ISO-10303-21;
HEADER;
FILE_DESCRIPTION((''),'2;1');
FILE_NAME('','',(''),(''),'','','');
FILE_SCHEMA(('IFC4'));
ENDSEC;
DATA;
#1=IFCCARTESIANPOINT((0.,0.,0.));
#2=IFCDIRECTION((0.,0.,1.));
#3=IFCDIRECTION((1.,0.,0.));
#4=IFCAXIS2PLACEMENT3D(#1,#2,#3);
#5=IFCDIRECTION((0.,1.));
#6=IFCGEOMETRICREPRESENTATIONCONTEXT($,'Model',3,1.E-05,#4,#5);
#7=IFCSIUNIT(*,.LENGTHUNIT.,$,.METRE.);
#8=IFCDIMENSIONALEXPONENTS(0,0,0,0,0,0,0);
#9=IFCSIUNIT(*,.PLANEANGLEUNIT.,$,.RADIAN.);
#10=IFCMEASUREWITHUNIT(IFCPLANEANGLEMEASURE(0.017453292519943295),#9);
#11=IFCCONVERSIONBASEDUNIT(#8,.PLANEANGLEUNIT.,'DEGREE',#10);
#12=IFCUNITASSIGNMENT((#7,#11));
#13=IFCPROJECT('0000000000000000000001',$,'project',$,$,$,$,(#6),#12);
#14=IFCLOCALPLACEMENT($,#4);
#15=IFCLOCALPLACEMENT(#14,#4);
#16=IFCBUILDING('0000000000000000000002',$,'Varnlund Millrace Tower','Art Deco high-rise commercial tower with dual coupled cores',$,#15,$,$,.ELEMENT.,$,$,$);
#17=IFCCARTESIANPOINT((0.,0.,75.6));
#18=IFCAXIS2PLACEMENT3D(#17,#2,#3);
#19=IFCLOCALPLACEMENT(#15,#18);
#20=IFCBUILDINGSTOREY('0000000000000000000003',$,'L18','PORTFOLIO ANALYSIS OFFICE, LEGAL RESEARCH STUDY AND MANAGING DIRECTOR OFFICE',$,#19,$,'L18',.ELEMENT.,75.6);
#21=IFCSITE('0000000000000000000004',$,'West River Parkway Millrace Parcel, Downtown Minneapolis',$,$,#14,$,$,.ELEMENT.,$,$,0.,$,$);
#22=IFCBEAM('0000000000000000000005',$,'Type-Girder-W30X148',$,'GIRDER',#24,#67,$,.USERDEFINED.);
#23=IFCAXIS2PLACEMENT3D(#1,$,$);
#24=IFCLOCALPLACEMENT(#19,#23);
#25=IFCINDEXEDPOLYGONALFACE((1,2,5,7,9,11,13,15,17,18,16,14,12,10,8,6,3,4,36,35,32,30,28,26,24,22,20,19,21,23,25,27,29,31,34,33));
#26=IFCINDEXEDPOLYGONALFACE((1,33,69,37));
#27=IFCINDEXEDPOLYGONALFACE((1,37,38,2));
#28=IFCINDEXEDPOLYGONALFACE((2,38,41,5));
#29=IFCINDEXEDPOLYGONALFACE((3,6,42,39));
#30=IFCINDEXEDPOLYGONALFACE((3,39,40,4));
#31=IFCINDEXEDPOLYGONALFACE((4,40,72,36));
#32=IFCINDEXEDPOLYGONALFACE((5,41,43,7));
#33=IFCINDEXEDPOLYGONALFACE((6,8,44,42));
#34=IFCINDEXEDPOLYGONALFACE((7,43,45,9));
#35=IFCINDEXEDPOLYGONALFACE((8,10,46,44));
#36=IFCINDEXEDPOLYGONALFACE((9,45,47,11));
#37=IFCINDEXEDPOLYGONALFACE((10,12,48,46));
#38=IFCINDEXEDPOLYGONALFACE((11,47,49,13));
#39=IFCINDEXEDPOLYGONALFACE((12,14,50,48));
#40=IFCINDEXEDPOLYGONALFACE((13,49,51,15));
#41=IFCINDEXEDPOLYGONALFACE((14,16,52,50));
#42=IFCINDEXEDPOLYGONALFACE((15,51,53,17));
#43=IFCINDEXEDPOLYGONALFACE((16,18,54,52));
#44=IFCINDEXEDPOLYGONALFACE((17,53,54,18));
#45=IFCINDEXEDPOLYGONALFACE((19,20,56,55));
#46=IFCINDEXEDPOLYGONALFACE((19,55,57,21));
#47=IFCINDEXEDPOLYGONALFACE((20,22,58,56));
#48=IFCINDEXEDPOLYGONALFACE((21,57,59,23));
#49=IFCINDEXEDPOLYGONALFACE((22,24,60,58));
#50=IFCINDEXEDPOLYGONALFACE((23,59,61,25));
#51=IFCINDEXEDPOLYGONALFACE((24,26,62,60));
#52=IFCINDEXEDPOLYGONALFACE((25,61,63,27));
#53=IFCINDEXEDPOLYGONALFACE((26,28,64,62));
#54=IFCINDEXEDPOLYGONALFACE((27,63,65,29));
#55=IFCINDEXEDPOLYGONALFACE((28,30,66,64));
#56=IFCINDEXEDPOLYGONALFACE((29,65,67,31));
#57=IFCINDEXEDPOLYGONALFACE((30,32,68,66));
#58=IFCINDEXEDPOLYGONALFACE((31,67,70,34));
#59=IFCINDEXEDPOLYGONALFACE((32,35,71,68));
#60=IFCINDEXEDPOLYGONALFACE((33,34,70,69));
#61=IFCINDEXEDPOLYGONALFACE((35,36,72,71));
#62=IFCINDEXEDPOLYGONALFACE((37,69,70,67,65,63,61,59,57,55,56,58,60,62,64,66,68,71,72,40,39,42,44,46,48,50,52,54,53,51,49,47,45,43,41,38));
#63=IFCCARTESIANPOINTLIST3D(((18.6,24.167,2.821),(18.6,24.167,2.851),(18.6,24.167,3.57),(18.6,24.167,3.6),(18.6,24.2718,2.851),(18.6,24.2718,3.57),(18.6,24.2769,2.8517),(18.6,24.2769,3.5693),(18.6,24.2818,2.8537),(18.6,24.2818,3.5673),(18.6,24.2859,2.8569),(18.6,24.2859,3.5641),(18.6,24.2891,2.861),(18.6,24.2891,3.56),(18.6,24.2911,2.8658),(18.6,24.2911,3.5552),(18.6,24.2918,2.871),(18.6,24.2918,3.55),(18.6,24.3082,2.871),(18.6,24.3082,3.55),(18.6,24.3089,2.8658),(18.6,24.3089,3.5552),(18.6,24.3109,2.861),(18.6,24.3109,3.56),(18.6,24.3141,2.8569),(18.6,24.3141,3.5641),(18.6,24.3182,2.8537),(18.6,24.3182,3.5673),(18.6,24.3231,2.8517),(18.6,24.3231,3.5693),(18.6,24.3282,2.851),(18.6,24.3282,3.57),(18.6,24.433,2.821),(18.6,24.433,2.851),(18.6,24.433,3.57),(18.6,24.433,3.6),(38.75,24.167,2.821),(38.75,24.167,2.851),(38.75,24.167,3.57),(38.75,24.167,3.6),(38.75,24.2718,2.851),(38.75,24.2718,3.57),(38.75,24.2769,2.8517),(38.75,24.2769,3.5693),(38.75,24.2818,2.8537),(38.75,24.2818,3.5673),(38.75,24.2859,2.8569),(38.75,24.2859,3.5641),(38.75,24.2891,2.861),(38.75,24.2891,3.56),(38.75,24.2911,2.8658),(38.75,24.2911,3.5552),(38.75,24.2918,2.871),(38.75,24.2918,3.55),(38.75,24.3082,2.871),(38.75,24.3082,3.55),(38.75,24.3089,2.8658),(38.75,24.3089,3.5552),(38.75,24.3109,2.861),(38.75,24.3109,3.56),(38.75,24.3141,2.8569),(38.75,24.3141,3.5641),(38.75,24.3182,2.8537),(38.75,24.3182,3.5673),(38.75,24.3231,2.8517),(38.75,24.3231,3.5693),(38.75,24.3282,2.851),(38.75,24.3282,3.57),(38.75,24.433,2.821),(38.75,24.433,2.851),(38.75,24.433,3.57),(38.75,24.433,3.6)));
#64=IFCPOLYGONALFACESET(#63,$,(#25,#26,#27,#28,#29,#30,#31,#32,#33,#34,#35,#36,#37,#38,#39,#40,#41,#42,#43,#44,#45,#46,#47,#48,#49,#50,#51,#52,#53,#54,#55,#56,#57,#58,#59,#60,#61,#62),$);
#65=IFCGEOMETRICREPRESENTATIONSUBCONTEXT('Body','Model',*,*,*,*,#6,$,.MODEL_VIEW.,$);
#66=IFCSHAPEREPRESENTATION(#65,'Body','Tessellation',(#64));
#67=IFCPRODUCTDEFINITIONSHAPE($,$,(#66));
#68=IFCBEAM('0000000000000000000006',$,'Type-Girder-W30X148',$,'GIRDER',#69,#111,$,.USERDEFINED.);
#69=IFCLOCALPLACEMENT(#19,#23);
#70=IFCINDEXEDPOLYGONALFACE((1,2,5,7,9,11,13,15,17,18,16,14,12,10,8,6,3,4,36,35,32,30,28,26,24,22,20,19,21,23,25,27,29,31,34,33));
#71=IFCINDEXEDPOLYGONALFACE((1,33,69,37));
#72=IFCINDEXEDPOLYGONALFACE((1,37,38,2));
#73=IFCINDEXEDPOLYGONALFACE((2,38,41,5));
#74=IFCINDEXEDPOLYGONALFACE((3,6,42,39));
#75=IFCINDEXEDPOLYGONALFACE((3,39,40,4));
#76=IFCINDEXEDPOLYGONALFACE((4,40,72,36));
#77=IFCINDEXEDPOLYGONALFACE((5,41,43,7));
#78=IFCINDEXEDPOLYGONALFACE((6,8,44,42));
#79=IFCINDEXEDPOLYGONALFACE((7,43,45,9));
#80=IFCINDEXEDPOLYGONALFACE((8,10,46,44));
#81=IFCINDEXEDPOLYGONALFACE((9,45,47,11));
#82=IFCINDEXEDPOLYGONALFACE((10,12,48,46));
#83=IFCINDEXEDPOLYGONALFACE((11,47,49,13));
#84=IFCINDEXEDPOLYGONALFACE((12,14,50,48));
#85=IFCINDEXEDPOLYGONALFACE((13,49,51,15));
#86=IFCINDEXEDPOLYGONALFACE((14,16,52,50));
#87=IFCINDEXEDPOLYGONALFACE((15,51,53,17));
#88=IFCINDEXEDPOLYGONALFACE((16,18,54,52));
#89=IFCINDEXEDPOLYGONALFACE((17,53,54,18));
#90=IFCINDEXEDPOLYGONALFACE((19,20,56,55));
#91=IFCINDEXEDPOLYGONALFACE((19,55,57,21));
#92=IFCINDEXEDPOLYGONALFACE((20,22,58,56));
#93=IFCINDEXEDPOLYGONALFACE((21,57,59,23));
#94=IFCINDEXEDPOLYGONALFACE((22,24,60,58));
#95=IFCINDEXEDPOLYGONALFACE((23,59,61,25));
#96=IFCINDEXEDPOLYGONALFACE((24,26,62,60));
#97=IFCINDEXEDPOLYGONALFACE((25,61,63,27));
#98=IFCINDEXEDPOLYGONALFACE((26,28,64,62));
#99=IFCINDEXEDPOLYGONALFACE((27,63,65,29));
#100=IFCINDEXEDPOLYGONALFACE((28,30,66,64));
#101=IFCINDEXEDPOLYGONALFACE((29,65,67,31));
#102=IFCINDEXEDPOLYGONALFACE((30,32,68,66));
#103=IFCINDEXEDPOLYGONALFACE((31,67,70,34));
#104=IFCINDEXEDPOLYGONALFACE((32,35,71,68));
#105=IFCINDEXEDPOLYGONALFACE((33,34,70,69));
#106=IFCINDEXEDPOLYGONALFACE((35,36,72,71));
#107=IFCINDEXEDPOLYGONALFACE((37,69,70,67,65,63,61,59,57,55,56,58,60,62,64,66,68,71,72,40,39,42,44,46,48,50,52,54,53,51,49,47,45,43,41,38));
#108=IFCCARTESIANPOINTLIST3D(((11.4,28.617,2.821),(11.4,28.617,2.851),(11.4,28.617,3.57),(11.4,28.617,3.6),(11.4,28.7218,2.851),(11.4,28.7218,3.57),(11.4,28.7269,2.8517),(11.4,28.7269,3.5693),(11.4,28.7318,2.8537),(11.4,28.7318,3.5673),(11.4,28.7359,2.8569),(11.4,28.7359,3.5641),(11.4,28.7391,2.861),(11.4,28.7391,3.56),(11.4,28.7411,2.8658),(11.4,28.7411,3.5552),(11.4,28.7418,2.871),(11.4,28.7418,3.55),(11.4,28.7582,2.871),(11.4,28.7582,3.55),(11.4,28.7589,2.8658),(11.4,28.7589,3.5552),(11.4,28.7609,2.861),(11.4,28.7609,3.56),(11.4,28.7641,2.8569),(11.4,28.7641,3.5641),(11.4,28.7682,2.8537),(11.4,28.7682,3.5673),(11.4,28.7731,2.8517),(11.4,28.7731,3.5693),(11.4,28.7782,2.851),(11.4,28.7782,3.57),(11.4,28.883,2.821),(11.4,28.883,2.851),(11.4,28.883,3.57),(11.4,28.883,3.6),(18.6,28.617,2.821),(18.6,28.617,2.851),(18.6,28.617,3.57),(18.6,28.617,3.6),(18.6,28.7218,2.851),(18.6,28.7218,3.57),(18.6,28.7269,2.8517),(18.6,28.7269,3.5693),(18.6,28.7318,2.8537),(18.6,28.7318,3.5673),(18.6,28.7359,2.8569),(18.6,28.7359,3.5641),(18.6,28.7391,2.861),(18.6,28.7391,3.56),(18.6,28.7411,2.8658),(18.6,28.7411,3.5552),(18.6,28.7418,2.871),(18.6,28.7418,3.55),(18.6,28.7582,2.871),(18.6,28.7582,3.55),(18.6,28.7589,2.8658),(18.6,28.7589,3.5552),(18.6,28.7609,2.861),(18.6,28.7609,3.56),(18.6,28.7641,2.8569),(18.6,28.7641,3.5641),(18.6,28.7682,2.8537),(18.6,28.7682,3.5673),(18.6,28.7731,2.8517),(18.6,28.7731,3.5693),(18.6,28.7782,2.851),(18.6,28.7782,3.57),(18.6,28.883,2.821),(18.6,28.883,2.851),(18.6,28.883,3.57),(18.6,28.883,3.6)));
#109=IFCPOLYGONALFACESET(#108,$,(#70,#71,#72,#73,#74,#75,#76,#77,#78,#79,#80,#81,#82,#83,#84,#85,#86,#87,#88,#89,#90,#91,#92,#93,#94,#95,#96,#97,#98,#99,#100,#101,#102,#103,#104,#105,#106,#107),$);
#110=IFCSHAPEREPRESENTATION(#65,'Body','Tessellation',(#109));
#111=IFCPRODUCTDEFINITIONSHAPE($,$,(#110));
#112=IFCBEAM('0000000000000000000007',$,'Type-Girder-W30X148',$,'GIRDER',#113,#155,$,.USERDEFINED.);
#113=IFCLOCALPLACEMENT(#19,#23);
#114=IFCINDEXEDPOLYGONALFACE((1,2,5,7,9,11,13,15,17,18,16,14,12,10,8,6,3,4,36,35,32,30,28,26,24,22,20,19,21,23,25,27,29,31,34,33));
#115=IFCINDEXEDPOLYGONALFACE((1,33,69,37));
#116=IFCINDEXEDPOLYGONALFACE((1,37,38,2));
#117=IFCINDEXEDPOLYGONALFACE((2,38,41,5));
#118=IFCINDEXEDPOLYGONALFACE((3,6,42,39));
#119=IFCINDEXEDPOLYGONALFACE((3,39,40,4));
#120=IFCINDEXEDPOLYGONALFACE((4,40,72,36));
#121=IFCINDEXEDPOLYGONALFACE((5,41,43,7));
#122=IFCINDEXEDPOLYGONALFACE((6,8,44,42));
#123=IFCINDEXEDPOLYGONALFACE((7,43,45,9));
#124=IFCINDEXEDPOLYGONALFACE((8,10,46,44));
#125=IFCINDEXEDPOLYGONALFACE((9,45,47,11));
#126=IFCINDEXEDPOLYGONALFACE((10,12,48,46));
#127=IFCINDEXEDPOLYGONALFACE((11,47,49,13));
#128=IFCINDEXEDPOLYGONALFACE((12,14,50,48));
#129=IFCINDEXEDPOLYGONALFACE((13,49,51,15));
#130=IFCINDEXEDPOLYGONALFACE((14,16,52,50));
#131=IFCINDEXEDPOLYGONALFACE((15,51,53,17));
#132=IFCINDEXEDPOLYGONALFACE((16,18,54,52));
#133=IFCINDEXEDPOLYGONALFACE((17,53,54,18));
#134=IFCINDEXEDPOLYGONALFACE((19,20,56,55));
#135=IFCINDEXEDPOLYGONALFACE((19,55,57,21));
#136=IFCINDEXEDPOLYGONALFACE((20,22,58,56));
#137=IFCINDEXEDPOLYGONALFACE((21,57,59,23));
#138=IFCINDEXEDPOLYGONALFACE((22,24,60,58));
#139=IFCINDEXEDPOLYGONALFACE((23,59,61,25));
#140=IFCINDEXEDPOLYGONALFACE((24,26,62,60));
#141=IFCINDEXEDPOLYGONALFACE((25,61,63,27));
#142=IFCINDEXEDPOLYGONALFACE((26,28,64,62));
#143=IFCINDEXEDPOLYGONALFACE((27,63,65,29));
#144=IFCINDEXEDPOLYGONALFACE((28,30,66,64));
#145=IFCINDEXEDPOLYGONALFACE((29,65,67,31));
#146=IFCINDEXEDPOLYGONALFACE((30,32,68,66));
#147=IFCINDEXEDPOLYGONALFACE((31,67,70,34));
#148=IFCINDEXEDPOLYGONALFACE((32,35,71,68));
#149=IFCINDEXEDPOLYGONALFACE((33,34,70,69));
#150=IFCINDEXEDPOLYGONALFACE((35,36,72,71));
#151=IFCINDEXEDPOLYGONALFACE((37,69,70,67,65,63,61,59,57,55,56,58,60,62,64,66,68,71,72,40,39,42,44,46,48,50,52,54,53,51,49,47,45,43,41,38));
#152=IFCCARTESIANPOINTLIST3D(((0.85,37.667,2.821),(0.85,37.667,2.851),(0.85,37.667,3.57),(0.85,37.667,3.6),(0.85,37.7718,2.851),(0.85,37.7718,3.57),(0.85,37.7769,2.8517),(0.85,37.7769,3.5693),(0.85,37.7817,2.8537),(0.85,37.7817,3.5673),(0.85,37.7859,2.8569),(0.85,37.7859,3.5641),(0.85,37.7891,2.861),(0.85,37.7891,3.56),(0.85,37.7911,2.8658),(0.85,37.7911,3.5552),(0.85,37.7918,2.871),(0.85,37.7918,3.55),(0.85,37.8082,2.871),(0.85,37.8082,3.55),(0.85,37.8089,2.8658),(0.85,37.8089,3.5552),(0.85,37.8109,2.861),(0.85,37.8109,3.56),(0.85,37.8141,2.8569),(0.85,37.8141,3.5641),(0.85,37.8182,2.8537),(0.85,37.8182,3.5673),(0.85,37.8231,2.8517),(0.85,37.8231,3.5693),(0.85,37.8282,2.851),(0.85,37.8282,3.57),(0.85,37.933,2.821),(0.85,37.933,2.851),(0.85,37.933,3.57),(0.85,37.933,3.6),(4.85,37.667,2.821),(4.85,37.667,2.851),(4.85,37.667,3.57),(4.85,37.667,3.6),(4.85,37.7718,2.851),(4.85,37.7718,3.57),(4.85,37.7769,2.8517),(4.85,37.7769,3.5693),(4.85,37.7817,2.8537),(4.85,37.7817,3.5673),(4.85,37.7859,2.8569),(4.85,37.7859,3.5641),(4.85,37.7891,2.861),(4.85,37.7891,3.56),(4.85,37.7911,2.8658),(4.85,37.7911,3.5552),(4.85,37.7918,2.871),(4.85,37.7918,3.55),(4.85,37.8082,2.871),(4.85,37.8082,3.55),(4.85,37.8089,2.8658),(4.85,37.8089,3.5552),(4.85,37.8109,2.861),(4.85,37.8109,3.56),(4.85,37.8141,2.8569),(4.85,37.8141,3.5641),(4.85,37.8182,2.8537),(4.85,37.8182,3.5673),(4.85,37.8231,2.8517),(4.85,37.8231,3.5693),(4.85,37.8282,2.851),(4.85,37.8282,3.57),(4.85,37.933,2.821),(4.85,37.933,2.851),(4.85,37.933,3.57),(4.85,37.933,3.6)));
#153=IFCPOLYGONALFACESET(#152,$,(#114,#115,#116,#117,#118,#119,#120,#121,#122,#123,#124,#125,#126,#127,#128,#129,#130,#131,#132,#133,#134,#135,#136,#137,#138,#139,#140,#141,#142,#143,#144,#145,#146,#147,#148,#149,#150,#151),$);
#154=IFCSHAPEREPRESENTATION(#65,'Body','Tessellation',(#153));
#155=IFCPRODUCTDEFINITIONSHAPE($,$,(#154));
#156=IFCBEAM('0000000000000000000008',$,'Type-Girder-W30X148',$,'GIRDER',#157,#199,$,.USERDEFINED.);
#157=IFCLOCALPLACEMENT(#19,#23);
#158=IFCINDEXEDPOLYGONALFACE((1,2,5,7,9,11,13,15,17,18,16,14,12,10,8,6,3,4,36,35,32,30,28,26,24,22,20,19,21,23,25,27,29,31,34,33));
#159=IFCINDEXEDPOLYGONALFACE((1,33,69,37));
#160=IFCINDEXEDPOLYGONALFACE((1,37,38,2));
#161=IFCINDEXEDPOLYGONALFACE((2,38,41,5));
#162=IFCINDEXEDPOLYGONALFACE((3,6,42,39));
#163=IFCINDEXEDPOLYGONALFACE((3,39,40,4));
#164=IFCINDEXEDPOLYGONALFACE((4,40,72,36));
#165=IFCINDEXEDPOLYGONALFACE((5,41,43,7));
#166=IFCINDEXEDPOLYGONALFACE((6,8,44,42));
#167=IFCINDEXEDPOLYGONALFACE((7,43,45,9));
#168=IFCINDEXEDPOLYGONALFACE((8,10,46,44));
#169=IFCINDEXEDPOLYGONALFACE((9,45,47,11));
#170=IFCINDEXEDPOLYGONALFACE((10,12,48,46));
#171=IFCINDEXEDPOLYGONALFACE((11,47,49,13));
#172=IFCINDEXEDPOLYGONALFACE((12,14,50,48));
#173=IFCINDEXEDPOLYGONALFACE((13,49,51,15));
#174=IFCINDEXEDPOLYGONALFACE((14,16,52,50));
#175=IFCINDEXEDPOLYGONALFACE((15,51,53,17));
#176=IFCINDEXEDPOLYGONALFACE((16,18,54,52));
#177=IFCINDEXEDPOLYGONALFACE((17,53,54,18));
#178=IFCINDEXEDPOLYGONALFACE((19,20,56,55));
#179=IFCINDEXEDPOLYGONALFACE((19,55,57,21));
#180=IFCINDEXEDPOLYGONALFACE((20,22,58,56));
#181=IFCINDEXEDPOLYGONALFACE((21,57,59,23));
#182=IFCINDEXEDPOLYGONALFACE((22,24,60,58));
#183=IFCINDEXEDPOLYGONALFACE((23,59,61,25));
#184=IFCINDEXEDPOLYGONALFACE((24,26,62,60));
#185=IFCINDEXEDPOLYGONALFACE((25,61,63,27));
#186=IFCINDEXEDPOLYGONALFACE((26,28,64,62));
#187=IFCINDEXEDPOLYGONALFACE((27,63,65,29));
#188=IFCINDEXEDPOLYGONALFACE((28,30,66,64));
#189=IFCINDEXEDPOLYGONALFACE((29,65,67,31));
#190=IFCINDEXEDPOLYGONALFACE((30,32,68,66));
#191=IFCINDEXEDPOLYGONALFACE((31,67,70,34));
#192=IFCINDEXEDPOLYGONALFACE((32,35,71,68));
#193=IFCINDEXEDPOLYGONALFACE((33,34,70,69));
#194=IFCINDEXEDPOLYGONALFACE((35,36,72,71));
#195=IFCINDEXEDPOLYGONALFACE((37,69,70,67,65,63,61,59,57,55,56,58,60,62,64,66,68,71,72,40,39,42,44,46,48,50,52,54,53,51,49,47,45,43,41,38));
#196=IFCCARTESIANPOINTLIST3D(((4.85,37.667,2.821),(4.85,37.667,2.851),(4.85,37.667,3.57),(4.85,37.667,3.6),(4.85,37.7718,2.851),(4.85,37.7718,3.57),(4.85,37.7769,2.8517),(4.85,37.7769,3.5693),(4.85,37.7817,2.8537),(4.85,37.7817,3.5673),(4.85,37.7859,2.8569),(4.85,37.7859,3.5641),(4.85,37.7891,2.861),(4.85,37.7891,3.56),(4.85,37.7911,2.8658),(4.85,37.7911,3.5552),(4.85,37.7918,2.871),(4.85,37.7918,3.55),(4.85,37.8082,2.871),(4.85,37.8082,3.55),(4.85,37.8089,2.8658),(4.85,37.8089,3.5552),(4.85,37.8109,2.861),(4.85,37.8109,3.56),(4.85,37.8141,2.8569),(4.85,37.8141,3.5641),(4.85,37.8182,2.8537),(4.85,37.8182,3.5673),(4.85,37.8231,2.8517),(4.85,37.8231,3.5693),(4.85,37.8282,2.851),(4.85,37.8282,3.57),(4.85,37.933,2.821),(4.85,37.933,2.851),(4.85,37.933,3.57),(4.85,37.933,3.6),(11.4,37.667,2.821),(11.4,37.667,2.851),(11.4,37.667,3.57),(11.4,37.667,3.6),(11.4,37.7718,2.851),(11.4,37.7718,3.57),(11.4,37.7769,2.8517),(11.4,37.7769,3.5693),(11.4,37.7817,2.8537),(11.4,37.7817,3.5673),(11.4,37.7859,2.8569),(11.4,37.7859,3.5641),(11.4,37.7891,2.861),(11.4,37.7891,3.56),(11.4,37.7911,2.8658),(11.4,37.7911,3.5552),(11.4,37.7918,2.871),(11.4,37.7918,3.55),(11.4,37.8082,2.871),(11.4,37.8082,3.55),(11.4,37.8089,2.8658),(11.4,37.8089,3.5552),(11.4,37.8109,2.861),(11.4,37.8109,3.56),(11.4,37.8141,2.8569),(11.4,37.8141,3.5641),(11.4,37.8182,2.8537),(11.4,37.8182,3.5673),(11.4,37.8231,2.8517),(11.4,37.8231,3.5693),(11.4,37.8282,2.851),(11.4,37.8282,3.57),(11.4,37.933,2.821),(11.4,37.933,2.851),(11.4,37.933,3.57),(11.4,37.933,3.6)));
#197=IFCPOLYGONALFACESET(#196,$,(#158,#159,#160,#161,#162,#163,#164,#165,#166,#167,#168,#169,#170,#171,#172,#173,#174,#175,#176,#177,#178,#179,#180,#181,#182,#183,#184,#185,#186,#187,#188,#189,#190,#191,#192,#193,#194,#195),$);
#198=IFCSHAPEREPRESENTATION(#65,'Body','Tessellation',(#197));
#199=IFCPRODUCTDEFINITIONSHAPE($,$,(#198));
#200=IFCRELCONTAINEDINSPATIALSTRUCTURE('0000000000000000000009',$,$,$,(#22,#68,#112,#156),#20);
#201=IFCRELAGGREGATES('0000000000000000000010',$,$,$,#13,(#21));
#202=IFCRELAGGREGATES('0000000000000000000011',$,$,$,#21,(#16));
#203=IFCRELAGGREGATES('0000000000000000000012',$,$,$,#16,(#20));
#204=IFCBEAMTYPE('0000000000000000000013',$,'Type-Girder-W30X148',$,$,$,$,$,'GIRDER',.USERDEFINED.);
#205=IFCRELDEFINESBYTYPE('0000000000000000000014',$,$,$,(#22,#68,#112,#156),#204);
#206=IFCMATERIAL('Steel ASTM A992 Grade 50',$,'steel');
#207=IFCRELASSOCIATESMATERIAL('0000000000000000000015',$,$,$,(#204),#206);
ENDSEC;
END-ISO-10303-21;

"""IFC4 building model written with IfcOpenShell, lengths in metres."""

from ifc_helpers import new_model, entity, si_unit, converted_unit, direction, frame, origin_with_axes, origin_2d_with_axis, place, context, subcontext, project, spatial, i_section, extrude, material, material_profile, profile_set, type_object, element, save


model = new_model("IFC4")

# Units and contexts
model_context = context("Model", 3, precision=1e-05, world=origin_with_axes(), true_north=direction((0.0, 1.0)))
body_context = subcontext(model_context, "Body", "Model", "MODEL_VIEW")
ifc_project = project(units=[si_unit("LENGTHUNIT", "METRE"), converted_unit("PLANEANGLEUNIT", "DEGREE", entity("IfcPlaneAngleMeasure", 0.017453292519943295), si_unit("PLANEANGLEUNIT", "RADIAN"), dimensions=[0, 0, 0, 0, 0, 0, 0])], contexts=[model_context])

# Site, building, storey
site_placement = place(None, origin_with_axes())
site = spatial("IfcSite", under=ifc_project, at=site_placement, Name="West River Parkway Millrace Parcel, Downtown Minneapolis", CompositionType="ELEMENT", RefElevation=0.0)
building_placement = place(site_placement, origin_with_axes())
building = spatial("IfcBuilding", under=site, at=building_placement, Name="Varnlund Millrace Tower", Description="Art Deco high-rise commercial tower with dual coupled cores", CompositionType="ELEMENT")
storey_placement = place(building_placement, frame((0.0, 0.0, 75.6), z_axis=(0.0, 0.0, 1.0), x_axis=(1.0, 0.0, 0.0)))
storey = spatial("IfcBuildingStorey", under=building, at=storey_placement, Name="L18", Description="PORTFOLIO ANALYSIS OFFICE, LEGAL RESEARCH STUDY AND MANAGING DIRECTOR OFFICE", LongName="L18", CompositionType="ELEMENT", Elevation=75.6)

# Beams
ifc_material_1 = material(Name="Steel ASTM A992 Grade 50", Category="steel")
ifc_material_profile_1 = material_profile(ifc_material_1, i_section(OverallWidth=0.266, OverallDepth=0.779, WebThickness=0.0165, FlangeThickness=0.03, FilletRadius=0.02, at=origin_2d_with_axis()), Name="Steel ASTM A992 Grade 50")
ifc_profile_set_1 = profile_set([ifc_material_profile_1], Name="Steel ASTM A992 Grade 50")
beam_type_1 = type_object("IfcBeamType", Name="Type-Girder-W30X148", ElementType="GIRDER", PredefinedType="USERDEFINED", material=ifc_profile_set_1)
beam_1_placement = place(storey_placement, frame((18.6, 24.3, 3.2105), z_axis=(1.0, 0.0, 0.0), x_axis=(0.0, 1.0, 0.0)))
element("IfcBeam", 1, at=beam_1_placement, inside=storey, type_object=beam_type_1, Name="Type-Girder-W30X148", ObjectType="GIRDER", PredefinedType="USERDEFINED", context=body_context, shape_type="SweptSolid", body=[
    extrude(i_section(OverallWidth=0.266, OverallDepth=0.779, WebThickness=0.0165, FlangeThickness=0.03, FilletRadius=0.02, at=origin_2d_with_axis()), origin_with_axes(), (0.0, 0.0, 1.0), 20.15),
])
beam_2_placement = place(storey_placement, frame((11.4, 28.75, 3.2105), z_axis=(1.0, 0.0, 0.0), x_axis=(0.0, 1.0, 0.0)))
element("IfcBeam", 2, at=beam_2_placement, inside=storey, type_object=beam_type_1, Name="Type-Girder-W30X148", ObjectType="GIRDER", PredefinedType="USERDEFINED", context=body_context, shape_type="SweptSolid", body=[
    extrude(i_section(OverallWidth=0.266, OverallDepth=0.779, WebThickness=0.0165, FlangeThickness=0.03, FilletRadius=0.02, at=origin_2d_with_axis()), origin_with_axes(), (0.0, 0.0, 1.0), 7.2),
])
beam_3_placement = place(storey_placement, frame((0.85, 37.8, 3.2105), z_axis=(1.0, 0.0, 0.0), x_axis=(0.0, 1.0, 0.0)))
element("IfcBeam", 3, at=beam_3_placement, inside=storey, type_object=beam_type_1, Name="Type-Girder-W30X148", ObjectType="GIRDER", PredefinedType="USERDEFINED", context=body_context, shape_type="SweptSolid", body=[
    extrude(i_section(OverallWidth=0.266, OverallDepth=0.779, WebThickness=0.0165, FlangeThickness=0.03, FilletRadius=0.02, at=origin_2d_with_axis()), origin_with_axes(), (0.0, 0.0, 1.0), 4.0),
])
beam_4_placement = place(storey_placement, frame((4.85, 37.8, 3.2105), z_axis=(1.0, 0.0, 0.0), x_axis=(0.0, 1.0, 0.0)))
element("IfcBeam", 4, at=beam_4_placement, inside=storey, type_object=beam_type_1, Name="Type-Girder-W30X148", ObjectType="GIRDER", PredefinedType="USERDEFINED", context=body_context, shape_type="SweptSolid", body=[
    extrude(i_section(OverallWidth=0.266, OverallDepth=0.779, WebThickness=0.0165, FlangeThickness=0.03, FilletRadius=0.02, at=origin_2d_with_axis()), origin_with_axes(), (0.0, 0.0, 1.0), 6.55),
])

save(model, "model.ifc")
